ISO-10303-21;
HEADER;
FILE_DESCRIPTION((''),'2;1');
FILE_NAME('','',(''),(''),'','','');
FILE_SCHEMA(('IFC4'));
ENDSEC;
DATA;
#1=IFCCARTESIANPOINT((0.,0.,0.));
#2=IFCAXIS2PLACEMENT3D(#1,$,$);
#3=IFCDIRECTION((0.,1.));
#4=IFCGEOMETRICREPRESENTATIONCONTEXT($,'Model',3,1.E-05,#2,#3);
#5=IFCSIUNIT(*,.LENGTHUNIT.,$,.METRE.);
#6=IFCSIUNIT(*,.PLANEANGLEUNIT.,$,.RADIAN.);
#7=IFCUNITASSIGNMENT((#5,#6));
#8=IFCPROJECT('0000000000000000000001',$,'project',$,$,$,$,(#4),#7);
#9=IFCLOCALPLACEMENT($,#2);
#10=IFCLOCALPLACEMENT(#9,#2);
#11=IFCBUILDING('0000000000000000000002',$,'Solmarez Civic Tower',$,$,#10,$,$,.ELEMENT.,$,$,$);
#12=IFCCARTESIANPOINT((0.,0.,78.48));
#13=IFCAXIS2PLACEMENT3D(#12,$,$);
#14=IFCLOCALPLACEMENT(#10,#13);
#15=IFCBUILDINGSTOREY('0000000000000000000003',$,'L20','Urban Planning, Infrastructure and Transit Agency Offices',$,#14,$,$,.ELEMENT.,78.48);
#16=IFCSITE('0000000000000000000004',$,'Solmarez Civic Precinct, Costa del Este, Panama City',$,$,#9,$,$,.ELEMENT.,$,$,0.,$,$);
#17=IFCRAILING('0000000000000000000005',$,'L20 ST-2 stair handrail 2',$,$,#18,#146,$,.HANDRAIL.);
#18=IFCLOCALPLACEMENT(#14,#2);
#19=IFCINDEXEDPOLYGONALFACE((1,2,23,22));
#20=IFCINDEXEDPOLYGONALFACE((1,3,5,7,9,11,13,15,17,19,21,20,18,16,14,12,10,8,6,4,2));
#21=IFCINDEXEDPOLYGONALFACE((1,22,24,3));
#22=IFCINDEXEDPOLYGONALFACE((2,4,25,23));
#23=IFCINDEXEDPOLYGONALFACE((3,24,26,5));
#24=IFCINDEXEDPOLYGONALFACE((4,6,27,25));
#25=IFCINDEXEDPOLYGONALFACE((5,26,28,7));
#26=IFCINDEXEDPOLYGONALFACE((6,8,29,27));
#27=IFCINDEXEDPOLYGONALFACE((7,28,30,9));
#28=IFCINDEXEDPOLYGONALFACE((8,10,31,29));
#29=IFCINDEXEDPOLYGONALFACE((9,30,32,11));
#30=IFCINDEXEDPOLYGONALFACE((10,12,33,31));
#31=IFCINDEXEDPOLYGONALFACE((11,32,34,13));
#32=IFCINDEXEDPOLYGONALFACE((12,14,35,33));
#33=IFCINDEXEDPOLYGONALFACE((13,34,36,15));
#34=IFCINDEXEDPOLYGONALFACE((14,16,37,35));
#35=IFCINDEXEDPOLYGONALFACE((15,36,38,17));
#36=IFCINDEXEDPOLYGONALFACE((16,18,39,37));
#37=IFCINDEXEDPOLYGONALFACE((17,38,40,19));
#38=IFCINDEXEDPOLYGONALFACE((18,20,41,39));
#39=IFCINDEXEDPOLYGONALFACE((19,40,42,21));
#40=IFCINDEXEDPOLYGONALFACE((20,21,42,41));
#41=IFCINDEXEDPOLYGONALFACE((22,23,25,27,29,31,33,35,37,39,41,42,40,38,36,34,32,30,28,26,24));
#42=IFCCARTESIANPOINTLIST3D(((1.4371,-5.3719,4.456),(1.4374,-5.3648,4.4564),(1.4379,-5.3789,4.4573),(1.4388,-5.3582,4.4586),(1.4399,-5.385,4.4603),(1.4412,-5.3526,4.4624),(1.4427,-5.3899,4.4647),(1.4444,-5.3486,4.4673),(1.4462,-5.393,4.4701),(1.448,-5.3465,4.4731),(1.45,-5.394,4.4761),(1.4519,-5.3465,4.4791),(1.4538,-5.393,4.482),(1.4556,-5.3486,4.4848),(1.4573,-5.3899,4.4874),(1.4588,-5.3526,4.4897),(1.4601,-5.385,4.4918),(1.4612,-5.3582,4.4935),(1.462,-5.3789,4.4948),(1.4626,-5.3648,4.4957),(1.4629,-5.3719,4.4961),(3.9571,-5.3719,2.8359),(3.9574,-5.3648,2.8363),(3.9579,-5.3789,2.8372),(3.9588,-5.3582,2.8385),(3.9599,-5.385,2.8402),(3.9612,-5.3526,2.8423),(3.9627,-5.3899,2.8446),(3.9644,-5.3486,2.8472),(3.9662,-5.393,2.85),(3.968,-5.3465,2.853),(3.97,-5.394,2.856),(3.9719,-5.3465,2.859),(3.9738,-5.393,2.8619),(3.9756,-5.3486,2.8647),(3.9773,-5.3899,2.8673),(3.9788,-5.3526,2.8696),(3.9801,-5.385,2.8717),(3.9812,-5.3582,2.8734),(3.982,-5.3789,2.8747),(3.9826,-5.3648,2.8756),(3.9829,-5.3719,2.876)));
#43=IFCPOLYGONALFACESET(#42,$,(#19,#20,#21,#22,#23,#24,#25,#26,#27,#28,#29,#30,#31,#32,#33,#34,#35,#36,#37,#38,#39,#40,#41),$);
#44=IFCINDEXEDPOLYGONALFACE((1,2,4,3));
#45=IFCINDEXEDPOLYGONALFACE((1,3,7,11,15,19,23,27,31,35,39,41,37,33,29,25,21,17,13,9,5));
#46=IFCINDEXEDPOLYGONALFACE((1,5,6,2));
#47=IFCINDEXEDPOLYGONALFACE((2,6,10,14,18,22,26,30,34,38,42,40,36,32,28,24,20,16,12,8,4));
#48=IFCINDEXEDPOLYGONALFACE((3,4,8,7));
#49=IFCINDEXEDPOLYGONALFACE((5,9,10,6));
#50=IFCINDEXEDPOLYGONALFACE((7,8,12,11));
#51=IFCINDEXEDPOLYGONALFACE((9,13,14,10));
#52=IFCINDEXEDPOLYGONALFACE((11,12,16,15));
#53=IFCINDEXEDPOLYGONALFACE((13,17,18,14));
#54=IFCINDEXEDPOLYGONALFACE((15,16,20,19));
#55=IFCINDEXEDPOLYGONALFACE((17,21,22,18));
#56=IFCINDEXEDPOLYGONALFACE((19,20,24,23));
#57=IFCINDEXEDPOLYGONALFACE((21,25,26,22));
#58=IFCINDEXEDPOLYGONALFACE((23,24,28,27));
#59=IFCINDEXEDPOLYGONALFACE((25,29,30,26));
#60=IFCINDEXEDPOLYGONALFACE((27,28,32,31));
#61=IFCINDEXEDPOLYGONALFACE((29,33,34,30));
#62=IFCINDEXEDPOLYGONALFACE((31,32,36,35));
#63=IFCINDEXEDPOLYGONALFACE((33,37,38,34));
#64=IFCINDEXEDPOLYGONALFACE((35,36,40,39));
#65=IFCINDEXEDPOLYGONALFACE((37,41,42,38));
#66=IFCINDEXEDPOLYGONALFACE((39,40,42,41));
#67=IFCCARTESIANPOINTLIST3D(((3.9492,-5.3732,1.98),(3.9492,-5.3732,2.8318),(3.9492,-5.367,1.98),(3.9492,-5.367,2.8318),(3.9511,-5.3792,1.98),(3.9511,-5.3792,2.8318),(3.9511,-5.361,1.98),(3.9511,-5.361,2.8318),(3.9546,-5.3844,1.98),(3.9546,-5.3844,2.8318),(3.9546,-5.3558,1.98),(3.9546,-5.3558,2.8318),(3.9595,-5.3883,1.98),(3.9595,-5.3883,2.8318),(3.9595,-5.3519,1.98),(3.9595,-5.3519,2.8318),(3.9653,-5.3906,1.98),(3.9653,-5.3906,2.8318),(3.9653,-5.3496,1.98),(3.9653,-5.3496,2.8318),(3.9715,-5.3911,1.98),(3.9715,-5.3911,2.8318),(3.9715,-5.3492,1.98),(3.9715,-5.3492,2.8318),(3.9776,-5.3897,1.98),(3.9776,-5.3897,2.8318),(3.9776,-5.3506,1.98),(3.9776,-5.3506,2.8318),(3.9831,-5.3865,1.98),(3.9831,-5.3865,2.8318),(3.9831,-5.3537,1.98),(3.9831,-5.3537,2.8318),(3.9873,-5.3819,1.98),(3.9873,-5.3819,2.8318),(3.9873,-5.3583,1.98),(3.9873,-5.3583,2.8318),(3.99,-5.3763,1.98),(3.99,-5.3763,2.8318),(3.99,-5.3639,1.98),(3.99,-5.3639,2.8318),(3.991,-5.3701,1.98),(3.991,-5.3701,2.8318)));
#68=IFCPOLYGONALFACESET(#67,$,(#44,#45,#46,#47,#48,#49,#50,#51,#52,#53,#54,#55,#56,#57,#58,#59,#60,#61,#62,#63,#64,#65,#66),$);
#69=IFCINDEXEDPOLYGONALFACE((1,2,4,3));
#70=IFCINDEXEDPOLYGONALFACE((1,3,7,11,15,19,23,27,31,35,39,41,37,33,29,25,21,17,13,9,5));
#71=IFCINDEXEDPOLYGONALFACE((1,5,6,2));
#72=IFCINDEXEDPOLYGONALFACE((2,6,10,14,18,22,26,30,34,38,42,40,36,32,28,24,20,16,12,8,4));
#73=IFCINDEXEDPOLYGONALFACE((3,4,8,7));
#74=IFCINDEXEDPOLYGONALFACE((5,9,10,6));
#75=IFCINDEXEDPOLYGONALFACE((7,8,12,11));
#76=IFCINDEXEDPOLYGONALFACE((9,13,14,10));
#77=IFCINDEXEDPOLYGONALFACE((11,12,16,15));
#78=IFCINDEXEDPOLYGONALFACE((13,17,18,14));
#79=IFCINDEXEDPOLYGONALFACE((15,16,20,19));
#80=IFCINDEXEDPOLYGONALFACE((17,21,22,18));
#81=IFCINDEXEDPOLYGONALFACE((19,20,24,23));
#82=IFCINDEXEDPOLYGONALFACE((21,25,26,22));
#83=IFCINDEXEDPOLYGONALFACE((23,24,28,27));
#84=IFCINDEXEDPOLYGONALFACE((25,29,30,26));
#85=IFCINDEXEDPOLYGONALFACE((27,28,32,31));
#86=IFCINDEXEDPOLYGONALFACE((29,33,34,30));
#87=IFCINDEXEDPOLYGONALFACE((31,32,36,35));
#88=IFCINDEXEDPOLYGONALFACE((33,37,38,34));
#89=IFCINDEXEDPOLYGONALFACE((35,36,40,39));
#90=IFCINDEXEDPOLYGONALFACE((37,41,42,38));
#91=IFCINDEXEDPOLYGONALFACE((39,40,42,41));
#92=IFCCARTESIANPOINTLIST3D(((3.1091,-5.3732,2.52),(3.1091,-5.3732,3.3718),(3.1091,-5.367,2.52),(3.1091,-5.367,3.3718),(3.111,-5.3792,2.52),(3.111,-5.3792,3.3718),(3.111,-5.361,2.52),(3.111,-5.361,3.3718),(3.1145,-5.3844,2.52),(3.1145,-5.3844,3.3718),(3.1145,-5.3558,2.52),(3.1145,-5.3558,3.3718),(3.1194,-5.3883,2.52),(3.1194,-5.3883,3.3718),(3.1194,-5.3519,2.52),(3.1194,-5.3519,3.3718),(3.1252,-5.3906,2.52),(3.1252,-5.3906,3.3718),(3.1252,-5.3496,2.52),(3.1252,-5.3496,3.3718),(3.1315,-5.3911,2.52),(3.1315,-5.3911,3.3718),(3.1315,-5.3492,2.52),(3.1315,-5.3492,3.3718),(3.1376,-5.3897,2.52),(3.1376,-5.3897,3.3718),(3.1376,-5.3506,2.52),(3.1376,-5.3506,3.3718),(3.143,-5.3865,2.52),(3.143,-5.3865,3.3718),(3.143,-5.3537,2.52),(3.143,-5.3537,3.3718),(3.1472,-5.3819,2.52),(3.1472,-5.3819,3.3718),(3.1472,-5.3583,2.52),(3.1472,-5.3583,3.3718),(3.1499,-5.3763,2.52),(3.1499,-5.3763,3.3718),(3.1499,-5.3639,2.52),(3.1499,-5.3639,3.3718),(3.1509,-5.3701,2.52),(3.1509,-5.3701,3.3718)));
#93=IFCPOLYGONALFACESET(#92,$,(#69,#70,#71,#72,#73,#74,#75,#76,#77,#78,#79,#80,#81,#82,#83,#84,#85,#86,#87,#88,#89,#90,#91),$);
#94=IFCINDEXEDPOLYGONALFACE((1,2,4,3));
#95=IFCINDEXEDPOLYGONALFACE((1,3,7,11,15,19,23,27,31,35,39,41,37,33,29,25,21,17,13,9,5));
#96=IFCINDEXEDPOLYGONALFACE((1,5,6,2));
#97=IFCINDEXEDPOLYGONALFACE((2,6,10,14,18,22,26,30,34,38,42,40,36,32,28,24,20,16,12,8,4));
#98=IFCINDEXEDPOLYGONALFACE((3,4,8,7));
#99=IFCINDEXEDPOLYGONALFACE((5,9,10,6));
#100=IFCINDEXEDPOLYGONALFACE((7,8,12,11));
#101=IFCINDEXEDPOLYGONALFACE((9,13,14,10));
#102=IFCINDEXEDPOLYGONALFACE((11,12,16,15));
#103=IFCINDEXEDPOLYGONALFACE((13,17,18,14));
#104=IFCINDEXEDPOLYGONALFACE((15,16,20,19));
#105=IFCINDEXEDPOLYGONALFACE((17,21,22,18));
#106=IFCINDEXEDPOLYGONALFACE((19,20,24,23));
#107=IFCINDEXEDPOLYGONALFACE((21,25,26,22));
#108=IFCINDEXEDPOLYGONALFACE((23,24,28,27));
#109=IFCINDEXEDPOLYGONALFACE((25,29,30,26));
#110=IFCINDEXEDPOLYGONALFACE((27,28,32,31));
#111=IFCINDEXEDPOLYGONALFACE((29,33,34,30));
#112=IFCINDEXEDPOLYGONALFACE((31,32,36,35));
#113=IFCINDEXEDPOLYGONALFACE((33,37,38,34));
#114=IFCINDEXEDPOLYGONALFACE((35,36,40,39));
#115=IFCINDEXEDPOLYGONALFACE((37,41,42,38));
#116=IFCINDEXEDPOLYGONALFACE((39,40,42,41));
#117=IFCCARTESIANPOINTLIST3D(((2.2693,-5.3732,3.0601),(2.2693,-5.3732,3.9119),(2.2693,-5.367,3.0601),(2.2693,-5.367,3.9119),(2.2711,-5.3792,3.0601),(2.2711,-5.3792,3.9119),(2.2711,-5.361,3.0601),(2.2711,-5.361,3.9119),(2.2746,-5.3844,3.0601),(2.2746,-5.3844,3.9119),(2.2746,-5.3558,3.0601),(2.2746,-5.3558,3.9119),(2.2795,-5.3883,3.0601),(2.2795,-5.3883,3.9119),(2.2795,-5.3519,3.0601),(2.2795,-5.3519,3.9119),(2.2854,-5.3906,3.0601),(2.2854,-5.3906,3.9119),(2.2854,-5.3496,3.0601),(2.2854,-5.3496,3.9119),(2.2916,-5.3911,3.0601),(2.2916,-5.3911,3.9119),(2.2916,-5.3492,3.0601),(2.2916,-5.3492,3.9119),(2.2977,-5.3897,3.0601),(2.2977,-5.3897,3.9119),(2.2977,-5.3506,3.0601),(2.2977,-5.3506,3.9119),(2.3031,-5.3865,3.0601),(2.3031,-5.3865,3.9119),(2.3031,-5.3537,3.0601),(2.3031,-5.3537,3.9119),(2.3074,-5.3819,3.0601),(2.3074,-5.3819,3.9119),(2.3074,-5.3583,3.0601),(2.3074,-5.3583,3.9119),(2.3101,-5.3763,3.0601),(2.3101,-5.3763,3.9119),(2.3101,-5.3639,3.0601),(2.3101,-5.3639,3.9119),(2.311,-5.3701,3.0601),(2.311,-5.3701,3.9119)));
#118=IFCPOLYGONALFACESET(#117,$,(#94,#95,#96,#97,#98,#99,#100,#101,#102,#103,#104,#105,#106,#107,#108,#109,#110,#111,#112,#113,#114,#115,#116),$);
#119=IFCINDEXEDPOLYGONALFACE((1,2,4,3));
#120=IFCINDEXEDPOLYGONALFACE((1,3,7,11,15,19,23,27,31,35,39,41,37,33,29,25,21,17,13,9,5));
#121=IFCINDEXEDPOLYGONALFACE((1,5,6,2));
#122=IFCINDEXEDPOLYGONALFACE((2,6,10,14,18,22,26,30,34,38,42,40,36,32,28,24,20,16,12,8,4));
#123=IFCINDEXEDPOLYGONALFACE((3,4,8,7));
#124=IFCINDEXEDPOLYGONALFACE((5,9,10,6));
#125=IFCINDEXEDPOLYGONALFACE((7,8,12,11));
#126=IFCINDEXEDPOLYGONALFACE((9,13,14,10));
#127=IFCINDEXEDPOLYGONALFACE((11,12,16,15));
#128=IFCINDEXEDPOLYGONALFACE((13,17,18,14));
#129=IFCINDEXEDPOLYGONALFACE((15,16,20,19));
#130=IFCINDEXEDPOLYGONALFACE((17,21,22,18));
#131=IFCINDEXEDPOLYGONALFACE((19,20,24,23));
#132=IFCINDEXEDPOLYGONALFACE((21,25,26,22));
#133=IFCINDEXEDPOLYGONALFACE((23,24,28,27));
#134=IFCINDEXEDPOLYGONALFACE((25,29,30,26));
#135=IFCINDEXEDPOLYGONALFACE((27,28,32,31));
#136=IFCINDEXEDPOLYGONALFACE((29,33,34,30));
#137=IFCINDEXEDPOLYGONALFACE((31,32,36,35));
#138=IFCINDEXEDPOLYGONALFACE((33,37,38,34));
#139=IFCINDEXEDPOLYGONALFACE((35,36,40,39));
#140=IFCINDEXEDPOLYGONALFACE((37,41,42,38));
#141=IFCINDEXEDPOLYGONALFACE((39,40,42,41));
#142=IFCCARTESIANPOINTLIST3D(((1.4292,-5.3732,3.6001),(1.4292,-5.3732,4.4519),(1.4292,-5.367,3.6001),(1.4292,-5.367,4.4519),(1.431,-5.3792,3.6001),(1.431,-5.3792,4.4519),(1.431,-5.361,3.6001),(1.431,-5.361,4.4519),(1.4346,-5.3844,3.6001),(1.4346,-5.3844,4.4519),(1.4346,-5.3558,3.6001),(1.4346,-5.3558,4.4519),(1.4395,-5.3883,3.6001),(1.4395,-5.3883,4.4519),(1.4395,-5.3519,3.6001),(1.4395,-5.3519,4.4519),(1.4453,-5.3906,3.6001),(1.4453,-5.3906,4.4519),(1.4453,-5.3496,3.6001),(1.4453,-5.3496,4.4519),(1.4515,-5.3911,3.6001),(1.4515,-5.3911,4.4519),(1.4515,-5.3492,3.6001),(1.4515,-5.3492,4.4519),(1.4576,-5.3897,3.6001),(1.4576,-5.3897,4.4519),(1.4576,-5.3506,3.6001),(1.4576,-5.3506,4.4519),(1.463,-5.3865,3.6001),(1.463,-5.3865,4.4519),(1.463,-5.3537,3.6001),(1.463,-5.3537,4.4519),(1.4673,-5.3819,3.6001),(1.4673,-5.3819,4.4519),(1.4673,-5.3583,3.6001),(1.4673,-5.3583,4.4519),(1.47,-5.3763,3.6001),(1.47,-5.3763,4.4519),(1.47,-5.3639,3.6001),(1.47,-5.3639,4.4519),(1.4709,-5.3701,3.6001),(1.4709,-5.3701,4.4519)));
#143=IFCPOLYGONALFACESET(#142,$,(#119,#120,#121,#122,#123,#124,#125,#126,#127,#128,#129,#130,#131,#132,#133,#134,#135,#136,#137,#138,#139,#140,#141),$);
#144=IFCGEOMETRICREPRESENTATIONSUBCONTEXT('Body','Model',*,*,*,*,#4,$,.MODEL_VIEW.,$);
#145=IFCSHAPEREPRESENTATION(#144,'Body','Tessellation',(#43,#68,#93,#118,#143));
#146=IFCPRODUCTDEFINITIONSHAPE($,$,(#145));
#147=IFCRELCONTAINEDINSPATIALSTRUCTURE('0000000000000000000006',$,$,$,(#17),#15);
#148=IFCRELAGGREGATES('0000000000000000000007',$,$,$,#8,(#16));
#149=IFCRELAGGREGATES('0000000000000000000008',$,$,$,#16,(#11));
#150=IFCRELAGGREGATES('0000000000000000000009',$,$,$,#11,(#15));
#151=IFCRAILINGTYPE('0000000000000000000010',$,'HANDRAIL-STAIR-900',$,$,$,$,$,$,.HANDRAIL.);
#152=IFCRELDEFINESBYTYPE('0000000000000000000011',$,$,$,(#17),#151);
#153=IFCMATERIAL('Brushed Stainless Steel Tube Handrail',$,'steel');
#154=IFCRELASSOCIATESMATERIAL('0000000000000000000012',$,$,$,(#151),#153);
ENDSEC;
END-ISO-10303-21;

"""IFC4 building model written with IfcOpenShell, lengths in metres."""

from ifc_helpers import new_model, si_unit, direction, frame, origin, origin_2d, place, context, subcontext, project, spatial, circle, extrude, material, type_object, element, save


model = new_model("IFC4")

# Units and contexts
model_context = context("Model", 3, precision=1e-05, world=origin(), true_north=direction((0.0, 1.0)))
body_context = subcontext(model_context, "Body", "Model", "MODEL_VIEW")
ifc_project = project(units=[si_unit("LENGTHUNIT", "METRE"), si_unit("PLANEANGLEUNIT", "RADIAN")], contexts=[model_context])

# Site, building, storey
site_placement = place(None, origin())
site = spatial("IfcSite", under=ifc_project, at=site_placement, Name="Solmarez Civic Precinct, Costa del Este, Panama City", CompositionType="ELEMENT", RefElevation=0.0)
building_placement = place(site_placement, origin())
building = spatial("IfcBuilding", under=site, at=building_placement, Name="Solmarez Civic Tower", CompositionType="ELEMENT")
storey_placement = place(building_placement, frame((0.0, 0.0, 78.48)))
storey = spatial("IfcBuildingStorey", under=building, at=storey_placement, Name="L20", Description="Urban Planning, Infrastructure and Transit Agency Offices", CompositionType="ELEMENT", Elevation=78.48)

# Railing
ifc_material_1 = material(Name="Brushed Stainless Steel Tube Handrail", Category="steel")
railing_type_1 = type_object("IfcRailingType", Name="HANDRAIL-STAIR-900", PredefinedType="HANDRAIL", material=ifc_material_1)
railing_1_placement = place(storey_placement, frame((3.97, -5.3701, 1.98)))
element("IfcRailing", 1, at=railing_1_placement, inside=storey, type_object=railing_type_1, Name="L20 ST-2 stair handrail 2", PredefinedType="HANDRAIL", context=body_context, shape_type="SweptSolid", body=[
    extrude(circle(Radius=0.0239, at=origin_2d()), frame((0.0, 0.0, 0.876), z_axis=(-0.841163, 0.0, 0.540782), x_axis=(0.0, -1.0, 0.0)), (0.0, 0.0, 1.0), 2.9958),
    extrude(circle(Radius=0.021, at=origin_2d()), origin(), (0.0, 0.0, 1.0), 0.8518),
    extrude(circle(Radius=0.021, at=origin_2d()), frame((-0.8401, 0.0, 0.54)), (0.0, 0.0, 1.0), 0.8518),
    extrude(circle(Radius=0.021, at=origin_2d()), frame((-1.6799, 0.0, 1.0801)), (0.0, 0.0, 1.0), 0.8518),
    extrude(circle(Radius=0.021, at=origin_2d()), frame((-2.52, 0.0, 1.6201)), (0.0, 0.0, 1.0), 0.8518),
])

save(model, "model.ifc")
